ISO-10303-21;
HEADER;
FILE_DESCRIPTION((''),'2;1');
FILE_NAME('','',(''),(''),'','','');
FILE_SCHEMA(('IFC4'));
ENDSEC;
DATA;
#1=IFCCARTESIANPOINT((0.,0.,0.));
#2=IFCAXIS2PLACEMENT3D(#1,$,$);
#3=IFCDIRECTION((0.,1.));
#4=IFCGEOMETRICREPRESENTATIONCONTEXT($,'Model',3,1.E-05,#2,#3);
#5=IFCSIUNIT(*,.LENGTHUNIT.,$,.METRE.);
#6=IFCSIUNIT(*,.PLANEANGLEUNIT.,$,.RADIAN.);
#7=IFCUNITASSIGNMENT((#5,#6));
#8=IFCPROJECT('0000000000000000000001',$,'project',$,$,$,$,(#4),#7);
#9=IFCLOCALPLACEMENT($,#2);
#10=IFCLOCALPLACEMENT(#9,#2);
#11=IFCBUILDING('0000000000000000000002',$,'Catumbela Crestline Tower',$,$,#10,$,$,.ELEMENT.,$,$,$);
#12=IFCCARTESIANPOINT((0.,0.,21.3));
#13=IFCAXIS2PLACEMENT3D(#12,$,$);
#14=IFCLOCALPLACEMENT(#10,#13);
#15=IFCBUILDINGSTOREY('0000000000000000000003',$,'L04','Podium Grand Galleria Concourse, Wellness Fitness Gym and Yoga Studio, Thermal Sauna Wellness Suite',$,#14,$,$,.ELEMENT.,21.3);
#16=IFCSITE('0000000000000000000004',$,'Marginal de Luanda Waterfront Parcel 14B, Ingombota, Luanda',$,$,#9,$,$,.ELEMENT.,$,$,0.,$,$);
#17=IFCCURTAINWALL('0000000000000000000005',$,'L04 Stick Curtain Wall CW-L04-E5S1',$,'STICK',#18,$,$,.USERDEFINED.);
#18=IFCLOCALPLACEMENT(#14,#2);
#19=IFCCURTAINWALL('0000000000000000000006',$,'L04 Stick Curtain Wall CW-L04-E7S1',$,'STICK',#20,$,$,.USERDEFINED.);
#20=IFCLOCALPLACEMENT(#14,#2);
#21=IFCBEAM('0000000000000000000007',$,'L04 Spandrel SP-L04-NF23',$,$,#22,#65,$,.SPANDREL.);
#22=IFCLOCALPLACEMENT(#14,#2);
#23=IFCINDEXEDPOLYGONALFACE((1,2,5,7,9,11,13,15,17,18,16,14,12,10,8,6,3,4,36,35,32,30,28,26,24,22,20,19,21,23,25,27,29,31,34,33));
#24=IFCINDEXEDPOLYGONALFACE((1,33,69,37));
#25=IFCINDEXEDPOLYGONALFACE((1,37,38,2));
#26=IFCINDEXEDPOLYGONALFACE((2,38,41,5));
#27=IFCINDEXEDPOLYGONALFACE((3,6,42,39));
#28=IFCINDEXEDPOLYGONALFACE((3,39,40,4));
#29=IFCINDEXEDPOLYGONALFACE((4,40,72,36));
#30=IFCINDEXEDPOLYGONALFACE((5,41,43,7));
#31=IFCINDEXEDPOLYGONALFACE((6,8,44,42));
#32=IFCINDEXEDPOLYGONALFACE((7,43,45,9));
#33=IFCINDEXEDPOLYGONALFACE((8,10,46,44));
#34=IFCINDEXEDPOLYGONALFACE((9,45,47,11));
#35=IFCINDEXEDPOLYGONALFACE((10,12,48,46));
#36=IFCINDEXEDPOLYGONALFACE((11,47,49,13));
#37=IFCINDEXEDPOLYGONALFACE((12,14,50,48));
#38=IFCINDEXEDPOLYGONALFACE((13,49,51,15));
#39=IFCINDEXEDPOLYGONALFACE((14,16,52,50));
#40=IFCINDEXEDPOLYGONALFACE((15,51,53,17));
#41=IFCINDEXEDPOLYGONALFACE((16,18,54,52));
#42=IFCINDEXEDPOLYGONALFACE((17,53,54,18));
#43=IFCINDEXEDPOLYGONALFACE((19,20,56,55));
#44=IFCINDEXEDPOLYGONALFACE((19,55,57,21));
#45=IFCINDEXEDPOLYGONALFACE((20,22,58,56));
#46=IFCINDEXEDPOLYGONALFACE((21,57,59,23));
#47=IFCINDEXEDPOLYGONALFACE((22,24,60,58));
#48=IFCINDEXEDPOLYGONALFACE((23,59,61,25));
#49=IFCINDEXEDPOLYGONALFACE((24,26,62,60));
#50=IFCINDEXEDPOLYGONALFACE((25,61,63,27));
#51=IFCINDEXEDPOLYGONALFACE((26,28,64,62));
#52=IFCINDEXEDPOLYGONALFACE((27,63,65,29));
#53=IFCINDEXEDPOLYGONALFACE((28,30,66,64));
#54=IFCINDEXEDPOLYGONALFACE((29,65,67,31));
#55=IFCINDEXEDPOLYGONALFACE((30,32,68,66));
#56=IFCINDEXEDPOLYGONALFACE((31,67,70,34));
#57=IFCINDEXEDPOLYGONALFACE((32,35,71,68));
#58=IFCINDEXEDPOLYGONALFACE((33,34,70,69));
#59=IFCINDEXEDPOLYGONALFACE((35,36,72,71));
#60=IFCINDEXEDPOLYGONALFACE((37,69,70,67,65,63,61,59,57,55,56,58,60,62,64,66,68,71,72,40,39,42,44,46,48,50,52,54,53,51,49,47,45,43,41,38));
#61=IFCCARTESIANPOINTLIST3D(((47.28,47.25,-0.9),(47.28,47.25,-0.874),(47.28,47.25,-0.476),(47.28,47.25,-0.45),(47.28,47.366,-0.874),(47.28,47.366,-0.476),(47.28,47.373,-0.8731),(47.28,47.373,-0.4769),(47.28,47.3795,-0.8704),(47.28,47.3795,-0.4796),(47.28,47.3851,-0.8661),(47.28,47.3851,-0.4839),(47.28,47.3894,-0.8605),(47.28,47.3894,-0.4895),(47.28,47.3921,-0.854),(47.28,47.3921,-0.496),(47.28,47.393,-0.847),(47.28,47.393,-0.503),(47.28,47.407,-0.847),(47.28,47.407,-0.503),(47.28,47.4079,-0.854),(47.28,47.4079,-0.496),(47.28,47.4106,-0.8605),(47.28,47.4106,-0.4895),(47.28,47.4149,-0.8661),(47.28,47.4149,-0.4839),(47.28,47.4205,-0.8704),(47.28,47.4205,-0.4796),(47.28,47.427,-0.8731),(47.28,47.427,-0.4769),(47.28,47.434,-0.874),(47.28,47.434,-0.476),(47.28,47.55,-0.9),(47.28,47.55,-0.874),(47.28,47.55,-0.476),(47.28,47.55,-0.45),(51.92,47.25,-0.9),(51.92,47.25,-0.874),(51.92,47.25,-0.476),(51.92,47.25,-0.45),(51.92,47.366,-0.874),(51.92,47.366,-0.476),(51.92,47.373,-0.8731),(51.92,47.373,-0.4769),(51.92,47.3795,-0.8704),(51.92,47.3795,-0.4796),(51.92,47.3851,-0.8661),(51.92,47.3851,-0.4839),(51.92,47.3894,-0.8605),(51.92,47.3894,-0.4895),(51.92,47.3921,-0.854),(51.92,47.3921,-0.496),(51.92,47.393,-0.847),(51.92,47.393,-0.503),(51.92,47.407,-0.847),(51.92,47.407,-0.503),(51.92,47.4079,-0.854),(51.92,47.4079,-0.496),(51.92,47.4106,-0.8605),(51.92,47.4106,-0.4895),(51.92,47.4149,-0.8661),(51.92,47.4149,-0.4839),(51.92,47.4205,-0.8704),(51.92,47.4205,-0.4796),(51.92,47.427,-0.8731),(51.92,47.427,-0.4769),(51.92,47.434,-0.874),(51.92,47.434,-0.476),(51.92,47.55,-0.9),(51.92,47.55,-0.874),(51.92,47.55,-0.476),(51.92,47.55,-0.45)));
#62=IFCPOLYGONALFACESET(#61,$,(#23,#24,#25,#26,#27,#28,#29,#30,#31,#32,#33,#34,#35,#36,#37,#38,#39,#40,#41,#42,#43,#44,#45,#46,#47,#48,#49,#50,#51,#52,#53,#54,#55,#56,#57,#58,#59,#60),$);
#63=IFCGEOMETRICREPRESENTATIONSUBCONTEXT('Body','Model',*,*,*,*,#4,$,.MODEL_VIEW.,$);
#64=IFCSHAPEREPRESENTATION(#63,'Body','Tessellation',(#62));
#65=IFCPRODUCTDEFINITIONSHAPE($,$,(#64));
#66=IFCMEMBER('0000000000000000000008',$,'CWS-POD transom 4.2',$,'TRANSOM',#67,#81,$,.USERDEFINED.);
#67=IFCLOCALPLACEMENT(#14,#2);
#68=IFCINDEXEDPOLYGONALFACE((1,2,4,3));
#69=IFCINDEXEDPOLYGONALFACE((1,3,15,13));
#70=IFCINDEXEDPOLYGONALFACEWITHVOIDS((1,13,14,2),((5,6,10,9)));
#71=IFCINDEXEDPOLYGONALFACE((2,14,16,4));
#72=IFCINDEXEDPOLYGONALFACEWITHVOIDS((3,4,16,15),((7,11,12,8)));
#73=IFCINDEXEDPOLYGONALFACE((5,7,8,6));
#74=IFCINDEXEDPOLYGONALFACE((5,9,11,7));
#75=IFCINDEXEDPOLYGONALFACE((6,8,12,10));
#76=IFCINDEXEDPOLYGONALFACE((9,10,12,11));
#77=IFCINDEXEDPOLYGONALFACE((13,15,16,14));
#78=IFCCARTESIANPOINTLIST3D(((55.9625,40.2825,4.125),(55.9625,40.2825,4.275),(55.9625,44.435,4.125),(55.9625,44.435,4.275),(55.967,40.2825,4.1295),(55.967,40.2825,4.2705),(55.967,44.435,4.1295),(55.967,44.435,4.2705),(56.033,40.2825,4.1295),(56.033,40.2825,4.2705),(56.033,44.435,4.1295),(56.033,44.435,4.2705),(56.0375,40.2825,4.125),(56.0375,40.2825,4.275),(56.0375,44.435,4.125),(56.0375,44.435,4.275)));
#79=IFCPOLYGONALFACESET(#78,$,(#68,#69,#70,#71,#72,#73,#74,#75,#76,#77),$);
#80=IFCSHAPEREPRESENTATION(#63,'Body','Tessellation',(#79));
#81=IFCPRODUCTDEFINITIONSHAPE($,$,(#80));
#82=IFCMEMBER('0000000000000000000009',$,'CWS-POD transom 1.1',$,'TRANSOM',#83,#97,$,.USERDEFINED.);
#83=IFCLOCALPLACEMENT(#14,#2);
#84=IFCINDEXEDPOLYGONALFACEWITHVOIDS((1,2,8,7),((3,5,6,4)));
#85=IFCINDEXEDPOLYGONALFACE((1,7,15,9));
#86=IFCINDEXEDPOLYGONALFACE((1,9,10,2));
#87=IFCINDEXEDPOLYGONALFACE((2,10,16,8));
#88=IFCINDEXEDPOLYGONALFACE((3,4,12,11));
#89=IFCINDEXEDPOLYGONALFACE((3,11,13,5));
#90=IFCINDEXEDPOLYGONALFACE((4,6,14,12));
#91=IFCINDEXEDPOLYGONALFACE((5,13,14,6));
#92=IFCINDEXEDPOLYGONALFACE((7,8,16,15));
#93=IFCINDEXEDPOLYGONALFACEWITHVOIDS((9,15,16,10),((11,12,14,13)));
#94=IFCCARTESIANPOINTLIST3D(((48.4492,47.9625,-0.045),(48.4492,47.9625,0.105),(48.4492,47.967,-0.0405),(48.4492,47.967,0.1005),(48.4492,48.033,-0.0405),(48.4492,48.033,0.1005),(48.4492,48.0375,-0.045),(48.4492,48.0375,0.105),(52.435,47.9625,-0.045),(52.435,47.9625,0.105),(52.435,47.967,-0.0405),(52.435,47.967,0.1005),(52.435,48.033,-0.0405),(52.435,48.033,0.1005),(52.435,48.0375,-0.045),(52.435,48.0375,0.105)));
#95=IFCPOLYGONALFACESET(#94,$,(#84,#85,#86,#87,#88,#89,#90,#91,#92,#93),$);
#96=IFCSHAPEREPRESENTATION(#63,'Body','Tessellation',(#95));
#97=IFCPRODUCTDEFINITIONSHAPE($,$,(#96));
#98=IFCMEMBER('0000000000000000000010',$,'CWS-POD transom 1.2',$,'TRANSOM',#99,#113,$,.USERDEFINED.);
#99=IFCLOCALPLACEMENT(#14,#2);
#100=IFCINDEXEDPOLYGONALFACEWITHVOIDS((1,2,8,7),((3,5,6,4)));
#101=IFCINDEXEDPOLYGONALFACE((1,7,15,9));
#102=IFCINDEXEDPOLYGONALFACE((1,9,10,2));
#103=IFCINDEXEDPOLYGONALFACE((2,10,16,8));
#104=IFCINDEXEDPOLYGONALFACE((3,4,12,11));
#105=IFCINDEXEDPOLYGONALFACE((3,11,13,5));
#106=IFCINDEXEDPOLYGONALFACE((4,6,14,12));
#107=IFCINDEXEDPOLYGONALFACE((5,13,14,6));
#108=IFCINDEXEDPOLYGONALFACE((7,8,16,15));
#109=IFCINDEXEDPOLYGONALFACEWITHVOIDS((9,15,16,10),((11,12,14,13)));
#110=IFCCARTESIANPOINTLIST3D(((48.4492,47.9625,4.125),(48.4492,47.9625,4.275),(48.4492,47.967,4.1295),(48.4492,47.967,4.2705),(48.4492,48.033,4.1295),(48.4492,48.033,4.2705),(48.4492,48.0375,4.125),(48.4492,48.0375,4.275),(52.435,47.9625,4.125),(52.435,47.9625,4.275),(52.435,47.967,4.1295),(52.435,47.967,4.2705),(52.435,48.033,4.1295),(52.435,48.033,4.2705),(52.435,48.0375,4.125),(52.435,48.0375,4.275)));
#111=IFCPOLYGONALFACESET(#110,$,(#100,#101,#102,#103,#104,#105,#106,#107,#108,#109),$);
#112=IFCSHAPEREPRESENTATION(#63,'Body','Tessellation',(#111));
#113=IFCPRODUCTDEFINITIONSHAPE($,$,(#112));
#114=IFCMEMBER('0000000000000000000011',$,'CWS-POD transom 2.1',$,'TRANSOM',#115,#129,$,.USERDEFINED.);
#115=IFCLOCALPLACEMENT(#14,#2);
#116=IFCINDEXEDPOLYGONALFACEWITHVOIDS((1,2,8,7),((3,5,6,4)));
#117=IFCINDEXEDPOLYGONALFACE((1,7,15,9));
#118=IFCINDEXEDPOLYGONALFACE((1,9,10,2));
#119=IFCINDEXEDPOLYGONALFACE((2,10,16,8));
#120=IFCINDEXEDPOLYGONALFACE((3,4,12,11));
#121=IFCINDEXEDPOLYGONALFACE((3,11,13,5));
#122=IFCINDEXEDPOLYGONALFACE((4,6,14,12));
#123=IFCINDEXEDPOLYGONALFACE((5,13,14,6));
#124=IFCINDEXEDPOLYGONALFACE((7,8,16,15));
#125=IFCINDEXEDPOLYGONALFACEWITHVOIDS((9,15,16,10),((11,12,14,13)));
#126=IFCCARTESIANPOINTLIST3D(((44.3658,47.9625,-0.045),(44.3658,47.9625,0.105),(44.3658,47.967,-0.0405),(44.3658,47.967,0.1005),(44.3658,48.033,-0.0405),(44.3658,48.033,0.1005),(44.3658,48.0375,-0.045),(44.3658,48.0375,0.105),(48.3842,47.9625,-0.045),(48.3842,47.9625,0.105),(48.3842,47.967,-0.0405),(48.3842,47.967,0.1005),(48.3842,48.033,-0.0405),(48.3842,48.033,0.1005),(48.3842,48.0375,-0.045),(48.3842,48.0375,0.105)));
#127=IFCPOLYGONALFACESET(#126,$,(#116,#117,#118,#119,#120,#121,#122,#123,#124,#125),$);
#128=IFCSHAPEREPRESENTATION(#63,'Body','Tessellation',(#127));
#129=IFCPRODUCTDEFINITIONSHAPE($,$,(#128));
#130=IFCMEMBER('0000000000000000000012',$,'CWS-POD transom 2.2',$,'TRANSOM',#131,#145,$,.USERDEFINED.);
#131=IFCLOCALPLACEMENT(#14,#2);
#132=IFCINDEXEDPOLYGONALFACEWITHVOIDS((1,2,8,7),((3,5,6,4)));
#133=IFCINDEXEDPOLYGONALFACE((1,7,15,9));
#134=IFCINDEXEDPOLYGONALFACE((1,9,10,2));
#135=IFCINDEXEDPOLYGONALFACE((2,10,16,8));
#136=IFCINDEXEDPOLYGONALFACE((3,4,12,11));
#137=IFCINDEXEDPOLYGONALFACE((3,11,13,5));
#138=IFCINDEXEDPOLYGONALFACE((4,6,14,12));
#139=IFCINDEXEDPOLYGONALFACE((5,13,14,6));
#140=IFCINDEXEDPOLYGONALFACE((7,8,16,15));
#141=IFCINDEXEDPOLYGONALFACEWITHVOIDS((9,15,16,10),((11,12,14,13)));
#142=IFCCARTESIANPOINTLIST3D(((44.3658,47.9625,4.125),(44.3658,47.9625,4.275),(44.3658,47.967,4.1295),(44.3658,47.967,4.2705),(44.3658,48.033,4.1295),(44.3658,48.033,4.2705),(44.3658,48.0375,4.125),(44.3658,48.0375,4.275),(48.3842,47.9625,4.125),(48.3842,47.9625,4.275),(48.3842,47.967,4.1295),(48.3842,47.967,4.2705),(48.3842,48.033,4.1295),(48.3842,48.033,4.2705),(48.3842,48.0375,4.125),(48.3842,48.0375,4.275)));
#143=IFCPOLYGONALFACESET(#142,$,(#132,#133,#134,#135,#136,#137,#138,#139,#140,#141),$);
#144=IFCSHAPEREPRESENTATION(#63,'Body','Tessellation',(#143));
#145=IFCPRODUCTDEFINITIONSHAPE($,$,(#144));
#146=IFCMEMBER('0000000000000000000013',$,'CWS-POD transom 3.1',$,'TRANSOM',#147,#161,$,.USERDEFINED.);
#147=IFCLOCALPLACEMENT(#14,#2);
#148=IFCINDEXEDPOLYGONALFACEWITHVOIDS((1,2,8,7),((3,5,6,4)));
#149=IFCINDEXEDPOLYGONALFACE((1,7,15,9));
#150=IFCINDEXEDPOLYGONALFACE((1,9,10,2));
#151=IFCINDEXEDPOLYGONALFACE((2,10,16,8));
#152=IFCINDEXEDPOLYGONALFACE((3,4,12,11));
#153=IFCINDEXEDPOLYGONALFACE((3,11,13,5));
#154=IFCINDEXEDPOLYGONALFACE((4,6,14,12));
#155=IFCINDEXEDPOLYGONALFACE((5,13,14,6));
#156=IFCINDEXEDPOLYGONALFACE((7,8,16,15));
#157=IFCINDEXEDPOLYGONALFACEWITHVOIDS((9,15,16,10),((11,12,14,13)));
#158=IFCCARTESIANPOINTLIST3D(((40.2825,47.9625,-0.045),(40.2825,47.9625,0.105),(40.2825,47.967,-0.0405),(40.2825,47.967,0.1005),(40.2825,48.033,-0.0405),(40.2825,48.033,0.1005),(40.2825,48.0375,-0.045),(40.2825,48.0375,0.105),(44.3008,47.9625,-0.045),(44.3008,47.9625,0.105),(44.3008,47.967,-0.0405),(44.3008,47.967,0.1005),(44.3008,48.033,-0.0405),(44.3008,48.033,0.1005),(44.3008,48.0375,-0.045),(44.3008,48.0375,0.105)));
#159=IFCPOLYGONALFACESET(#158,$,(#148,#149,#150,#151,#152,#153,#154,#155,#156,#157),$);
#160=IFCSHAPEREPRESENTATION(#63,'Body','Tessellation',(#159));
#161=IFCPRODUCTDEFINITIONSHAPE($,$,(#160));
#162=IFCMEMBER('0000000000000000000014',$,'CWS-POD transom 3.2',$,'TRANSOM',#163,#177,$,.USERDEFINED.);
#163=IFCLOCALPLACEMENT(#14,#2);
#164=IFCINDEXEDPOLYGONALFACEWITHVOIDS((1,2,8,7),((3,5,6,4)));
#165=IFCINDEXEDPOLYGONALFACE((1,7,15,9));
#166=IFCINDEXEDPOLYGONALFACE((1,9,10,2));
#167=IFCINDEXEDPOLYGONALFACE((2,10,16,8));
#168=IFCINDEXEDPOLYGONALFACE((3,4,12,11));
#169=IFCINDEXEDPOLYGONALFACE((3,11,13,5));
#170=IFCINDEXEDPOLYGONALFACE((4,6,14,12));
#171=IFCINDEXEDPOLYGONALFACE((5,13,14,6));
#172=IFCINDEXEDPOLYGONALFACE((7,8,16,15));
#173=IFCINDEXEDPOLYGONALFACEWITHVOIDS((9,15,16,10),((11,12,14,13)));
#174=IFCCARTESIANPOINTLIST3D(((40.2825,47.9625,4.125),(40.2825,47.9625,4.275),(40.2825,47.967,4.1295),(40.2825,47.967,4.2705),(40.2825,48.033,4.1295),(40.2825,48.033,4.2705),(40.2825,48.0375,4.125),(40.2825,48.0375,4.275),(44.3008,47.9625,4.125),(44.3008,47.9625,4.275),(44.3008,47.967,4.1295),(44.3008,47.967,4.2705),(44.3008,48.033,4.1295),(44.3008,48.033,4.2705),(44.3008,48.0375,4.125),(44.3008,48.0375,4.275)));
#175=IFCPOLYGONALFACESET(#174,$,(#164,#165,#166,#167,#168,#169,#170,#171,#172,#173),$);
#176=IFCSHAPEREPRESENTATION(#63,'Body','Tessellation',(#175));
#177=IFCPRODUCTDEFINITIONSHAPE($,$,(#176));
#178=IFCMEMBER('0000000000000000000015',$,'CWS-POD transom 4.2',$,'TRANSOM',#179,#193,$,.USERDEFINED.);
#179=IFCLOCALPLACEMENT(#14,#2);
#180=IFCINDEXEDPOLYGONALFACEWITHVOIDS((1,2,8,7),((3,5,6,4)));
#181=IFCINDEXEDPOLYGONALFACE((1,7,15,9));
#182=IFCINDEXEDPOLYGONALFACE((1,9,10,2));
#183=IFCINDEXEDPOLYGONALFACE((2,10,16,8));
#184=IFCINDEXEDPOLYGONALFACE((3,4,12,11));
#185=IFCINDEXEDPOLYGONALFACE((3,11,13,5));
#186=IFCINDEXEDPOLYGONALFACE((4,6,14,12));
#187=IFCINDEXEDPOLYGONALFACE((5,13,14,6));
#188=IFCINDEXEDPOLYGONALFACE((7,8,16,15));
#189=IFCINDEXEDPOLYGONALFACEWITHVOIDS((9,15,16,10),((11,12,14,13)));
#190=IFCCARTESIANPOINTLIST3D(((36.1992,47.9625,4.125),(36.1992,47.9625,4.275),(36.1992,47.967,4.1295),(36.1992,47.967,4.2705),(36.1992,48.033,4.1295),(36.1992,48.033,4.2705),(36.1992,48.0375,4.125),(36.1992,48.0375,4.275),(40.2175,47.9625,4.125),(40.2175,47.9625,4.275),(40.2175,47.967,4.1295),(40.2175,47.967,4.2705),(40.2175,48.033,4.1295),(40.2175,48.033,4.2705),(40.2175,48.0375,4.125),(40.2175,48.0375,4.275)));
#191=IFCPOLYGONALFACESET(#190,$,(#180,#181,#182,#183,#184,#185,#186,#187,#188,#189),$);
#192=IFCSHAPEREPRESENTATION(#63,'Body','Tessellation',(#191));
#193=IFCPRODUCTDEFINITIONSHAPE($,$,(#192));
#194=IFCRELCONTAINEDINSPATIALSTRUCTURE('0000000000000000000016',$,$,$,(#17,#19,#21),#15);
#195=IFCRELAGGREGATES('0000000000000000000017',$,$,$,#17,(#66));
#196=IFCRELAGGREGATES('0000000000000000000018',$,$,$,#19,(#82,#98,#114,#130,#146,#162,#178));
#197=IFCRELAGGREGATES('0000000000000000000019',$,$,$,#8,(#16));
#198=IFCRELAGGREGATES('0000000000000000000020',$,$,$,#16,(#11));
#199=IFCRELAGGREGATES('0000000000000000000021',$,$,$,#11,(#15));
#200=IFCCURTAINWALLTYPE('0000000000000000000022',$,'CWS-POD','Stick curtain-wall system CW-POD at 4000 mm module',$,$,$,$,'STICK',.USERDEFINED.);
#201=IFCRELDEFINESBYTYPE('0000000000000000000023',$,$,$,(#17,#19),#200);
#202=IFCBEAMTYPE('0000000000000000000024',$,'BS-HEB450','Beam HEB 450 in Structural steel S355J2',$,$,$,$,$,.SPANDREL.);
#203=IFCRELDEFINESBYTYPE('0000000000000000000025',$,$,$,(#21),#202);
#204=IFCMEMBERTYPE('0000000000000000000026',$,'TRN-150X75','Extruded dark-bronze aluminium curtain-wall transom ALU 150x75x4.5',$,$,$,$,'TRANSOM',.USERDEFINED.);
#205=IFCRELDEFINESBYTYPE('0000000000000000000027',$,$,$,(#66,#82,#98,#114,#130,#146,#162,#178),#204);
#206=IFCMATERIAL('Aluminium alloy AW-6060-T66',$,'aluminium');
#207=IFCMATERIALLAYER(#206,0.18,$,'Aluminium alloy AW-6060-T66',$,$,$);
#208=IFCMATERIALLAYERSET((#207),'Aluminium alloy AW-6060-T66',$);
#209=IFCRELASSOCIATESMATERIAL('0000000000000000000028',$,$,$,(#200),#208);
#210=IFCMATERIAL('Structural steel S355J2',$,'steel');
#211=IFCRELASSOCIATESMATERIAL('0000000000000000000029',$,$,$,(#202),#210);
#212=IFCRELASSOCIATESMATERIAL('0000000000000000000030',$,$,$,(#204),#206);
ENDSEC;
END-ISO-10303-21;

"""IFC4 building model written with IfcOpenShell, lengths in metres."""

from ifc_helpers import new_model, si_unit, direction, frame, origin, origin_2d, place, context, subcontext, project, spatial, hollow_rectangle, i_section, extrude, material, layer, layer_set, material_profile, profile_set, type_object, element, aggregate, save


model = new_model("IFC4")

# Units and contexts
model_context = context("Model", 3, precision=1e-05, world=origin(), true_north=direction((0.0, 1.0)))
body_context = subcontext(model_context, "Body", "Model", "MODEL_VIEW")
ifc_project = project(units=[si_unit("LENGTHUNIT", "METRE"), si_unit("PLANEANGLEUNIT", "RADIAN")], contexts=[model_context])

# Site, building, storey
site_placement = place(None, origin())
site = spatial("IfcSite", under=ifc_project, at=site_placement, Name="Marginal de Luanda Waterfront Parcel 14B, Ingombota, Luanda", CompositionType="ELEMENT", RefElevation=0.0)
building_placement = place(site_placement, origin())
building = spatial("IfcBuilding", under=site, at=building_placement, Name="Catumbela Crestline Tower", CompositionType="ELEMENT")
storey_placement = place(building_placement, frame((0.0, 0.0, 21.3)))
storey = spatial("IfcBuildingStorey", under=building, at=storey_placement, Name="L04", Description="Podium Grand Galleria Concourse, Wellness Fitness Gym and Yoga Studio, Thermal Sauna Wellness Suite", CompositionType="ELEMENT", Elevation=21.3)

# Curtain wall
ifc_material_1 = material(Name="Aluminium alloy AW-6060-T66", Category="aluminium")
ifc_layer_1 = layer(ifc_material_1, 0.18, Name="Aluminium alloy AW-6060-T66")
ifc_layer_set_1 = layer_set([ifc_layer_1], Name="Aluminium alloy AW-6060-T66")
curtain_wall_type = type_object("IfcCurtainWallType", Name="CWS-POD", Description="Stick curtain-wall system CW-POD at 4000 mm module", ElementType="STICK", PredefinedType="USERDEFINED", material=ifc_layer_set_1)
curtain_wall_1_placement = place(storey_placement, origin())
curtain_wall_1 = element("IfcCurtainWall", 1, at=curtain_wall_1_placement, inside=storey, type_object=curtain_wall_type, Name="L04 Stick Curtain Wall CW-L04-E5S1", ObjectType="STICK", PredefinedType="USERDEFINED")

# Curtain wall
curtain_wall_2_placement = place(storey_placement, origin())
curtain_wall_2 = element("IfcCurtainWall", 2, at=curtain_wall_2_placement, inside=storey, type_object=curtain_wall_type, Name="L04 Stick Curtain Wall CW-L04-E7S1", ObjectType="STICK", PredefinedType="USERDEFINED")

# Beam
ifc_material_2 = material(Name="Structural steel S355J2", Category="steel")
ifc_material_profile_1 = material_profile(ifc_material_2, i_section(OverallWidth=0.3, OverallDepth=0.45, WebThickness=0.014, FlangeThickness=0.026, FilletRadius=0.027, at=origin_2d()), Name="HEB 450")
ifc_profile_set_1 = profile_set([ifc_material_profile_1], Name="Structural steel S355J2")
beam_type = type_object("IfcBeamType", Name="BS-HEB450", Description="Beam HEB 450 in Structural steel S355J2", PredefinedType="SPANDREL", material=ifc_profile_set_1)
beam_placement = place(storey_placement, frame((47.28, 47.4, -0.675), z_axis=(1.0, 0.0, 0.0), x_axis=(0.0, 1.0, 0.0)))
element("IfcBeam", 3, at=beam_placement, inside=storey, type_object=beam_type, Name="L04 Spandrel SP-L04-NF23", PredefinedType="SPANDREL", context=body_context, shape_type="SweptSolid", body=[
    extrude(i_section(OverallWidth=0.3, OverallDepth=0.45, WebThickness=0.014, FlangeThickness=0.026, FilletRadius=0.027, at=origin_2d()), origin(), (0.0, 0.0, 1.0), 4.64),
])

# Members
ifc_material_profile_2 = material_profile(ifc_material_1, hollow_rectangle(XDim=0.075, YDim=0.15, WallThickness=0.0045, at=origin_2d()), Name="ALU 150x75x4.5")
ifc_profile_set_2 = profile_set([ifc_material_profile_2], Name="Aluminium alloy AW-6060-T66")
member_type_1 = type_object("IfcMemberType", Name="TRN-150X75", Description="Extruded dark-bronze aluminium curtain-wall transom ALU 150x75x4.5", ElementType="TRANSOM", PredefinedType="USERDEFINED", material=ifc_profile_set_2)
member_1_placement = place(storey_placement, frame((56.0, 40.2825, 4.2), z_axis=(0.0, 1.0, 0.0), x_axis=(-1.0, 0.0, 0.0)))
member_1 = element("IfcMember", 4, at=member_1_placement, type_object=member_type_1, Name="CWS-POD transom 4.2", ObjectType="TRANSOM", PredefinedType="USERDEFINED", context=body_context, shape_type="SweptSolid", body=[
    extrude(hollow_rectangle(XDim=0.075, YDim=0.15, WallThickness=0.0045, at=origin_2d()), origin(), (0.0, 0.0, 1.0), 4.1525),
])
member_2_placement = place(storey_placement, frame((52.435, 48.0, 0.03), z_axis=(-1.0, 0.0, 0.0), x_axis=(0.0, -1.0, 0.0)))
member_2 = element("IfcMember", 5, at=member_2_placement, type_object=member_type_1, Name="CWS-POD transom 1.1", ObjectType="TRANSOM", PredefinedType="USERDEFINED", context=body_context, shape_type="SweptSolid", body=[
    extrude(hollow_rectangle(XDim=0.075, YDim=0.15, WallThickness=0.0045, at=origin_2d()), origin(), (0.0, 0.0, 1.0), 3.9858),
])
member_3_placement = place(storey_placement, frame((52.435, 48.0, 4.2), z_axis=(-1.0, 0.0, 0.0), x_axis=(0.0, -1.0, 0.0)))
member_3 = element("IfcMember", 6, at=member_3_placement, type_object=member_type_1, Name="CWS-POD transom 1.2", ObjectType="TRANSOM", PredefinedType="USERDEFINED", context=body_context, shape_type="SweptSolid", body=[
    extrude(hollow_rectangle(XDim=0.075, YDim=0.15, WallThickness=0.0045, at=origin_2d()), origin(), (0.0, 0.0, 1.0), 3.9858),
])
member_4_placement = place(storey_placement, frame((48.3842, 48.0, 0.03), z_axis=(-1.0, 0.0, 0.0), x_axis=(0.0, -1.0, 0.0)))
member_4 = element("IfcMember", 7, at=member_4_placement, type_object=member_type_1, Name="CWS-POD transom 2.1", ObjectType="TRANSOM", PredefinedType="USERDEFINED", context=body_context, shape_type="SweptSolid", body=[
    extrude(hollow_rectangle(XDim=0.075, YDim=0.15, WallThickness=0.0045, at=origin_2d()), origin(), (0.0, 0.0, 1.0), 4.0184),
])
member_5_placement = place(storey_placement, frame((48.3842, 48.0, 4.2), z_axis=(-1.0, 0.0, 0.0), x_axis=(0.0, -1.0, 0.0)))
member_5 = element("IfcMember", 8, at=member_5_placement, type_object=member_type_1, Name="CWS-POD transom 2.2", ObjectType="TRANSOM", PredefinedType="USERDEFINED", context=body_context, shape_type="SweptSolid", body=[
    extrude(hollow_rectangle(XDim=0.075, YDim=0.15, WallThickness=0.0045, at=origin_2d()), origin(), (0.0, 0.0, 1.0), 4.0184),
])
member_6_placement = place(storey_placement, frame((44.3008, 48.0, 0.03), z_axis=(-1.0, 0.0, 0.0), x_axis=(0.0, -1.0, 0.0)))
member_6 = element("IfcMember", 9, at=member_6_placement, type_object=member_type_1, Name="CWS-POD transom 3.1", ObjectType="TRANSOM", PredefinedType="USERDEFINED", context=body_context, shape_type="SweptSolid", body=[
    extrude(hollow_rectangle(XDim=0.075, YDim=0.15, WallThickness=0.0045, at=origin_2d()), origin(), (0.0, 0.0, 1.0), 4.0183),
])
member_7_placement = place(storey_placement, frame((44.3008, 48.0, 4.2), z_axis=(-1.0, 0.0, 0.0), x_axis=(0.0, -1.0, 0.0)))
member_7 = element("IfcMember", 10, at=member_7_placement, type_object=member_type_1, Name="CWS-POD transom 3.2", ObjectType="TRANSOM", PredefinedType="USERDEFINED", context=body_context, shape_type="SweptSolid", body=[
    extrude(hollow_rectangle(XDim=0.075, YDim=0.15, WallThickness=0.0045, at=origin_2d()), origin(), (0.0, 0.0, 1.0), 4.0183),
])
member_8_placement = place(storey_placement, frame((40.2175, 48.0, 4.2), z_axis=(-1.0, 0.0, 0.0), x_axis=(0.0, -1.0, 0.0)))
member_8 = element("IfcMember", 11, at=member_8_placement, type_object=member_type_1, Name="CWS-POD transom 4.2", ObjectType="TRANSOM", PredefinedType="USERDEFINED", context=body_context, shape_type="SweptSolid", body=[
    extrude(hollow_rectangle(XDim=0.075, YDim=0.15, WallThickness=0.0045, at=origin_2d()), origin(), (0.0, 0.0, 1.0), 4.0183),
])

aggregate(curtain_wall_1, [member_1])
aggregate(curtain_wall_2, [member_2, member_3, member_4, member_5, member_6, member_7, member_8])

save(model, "model.ifc")
